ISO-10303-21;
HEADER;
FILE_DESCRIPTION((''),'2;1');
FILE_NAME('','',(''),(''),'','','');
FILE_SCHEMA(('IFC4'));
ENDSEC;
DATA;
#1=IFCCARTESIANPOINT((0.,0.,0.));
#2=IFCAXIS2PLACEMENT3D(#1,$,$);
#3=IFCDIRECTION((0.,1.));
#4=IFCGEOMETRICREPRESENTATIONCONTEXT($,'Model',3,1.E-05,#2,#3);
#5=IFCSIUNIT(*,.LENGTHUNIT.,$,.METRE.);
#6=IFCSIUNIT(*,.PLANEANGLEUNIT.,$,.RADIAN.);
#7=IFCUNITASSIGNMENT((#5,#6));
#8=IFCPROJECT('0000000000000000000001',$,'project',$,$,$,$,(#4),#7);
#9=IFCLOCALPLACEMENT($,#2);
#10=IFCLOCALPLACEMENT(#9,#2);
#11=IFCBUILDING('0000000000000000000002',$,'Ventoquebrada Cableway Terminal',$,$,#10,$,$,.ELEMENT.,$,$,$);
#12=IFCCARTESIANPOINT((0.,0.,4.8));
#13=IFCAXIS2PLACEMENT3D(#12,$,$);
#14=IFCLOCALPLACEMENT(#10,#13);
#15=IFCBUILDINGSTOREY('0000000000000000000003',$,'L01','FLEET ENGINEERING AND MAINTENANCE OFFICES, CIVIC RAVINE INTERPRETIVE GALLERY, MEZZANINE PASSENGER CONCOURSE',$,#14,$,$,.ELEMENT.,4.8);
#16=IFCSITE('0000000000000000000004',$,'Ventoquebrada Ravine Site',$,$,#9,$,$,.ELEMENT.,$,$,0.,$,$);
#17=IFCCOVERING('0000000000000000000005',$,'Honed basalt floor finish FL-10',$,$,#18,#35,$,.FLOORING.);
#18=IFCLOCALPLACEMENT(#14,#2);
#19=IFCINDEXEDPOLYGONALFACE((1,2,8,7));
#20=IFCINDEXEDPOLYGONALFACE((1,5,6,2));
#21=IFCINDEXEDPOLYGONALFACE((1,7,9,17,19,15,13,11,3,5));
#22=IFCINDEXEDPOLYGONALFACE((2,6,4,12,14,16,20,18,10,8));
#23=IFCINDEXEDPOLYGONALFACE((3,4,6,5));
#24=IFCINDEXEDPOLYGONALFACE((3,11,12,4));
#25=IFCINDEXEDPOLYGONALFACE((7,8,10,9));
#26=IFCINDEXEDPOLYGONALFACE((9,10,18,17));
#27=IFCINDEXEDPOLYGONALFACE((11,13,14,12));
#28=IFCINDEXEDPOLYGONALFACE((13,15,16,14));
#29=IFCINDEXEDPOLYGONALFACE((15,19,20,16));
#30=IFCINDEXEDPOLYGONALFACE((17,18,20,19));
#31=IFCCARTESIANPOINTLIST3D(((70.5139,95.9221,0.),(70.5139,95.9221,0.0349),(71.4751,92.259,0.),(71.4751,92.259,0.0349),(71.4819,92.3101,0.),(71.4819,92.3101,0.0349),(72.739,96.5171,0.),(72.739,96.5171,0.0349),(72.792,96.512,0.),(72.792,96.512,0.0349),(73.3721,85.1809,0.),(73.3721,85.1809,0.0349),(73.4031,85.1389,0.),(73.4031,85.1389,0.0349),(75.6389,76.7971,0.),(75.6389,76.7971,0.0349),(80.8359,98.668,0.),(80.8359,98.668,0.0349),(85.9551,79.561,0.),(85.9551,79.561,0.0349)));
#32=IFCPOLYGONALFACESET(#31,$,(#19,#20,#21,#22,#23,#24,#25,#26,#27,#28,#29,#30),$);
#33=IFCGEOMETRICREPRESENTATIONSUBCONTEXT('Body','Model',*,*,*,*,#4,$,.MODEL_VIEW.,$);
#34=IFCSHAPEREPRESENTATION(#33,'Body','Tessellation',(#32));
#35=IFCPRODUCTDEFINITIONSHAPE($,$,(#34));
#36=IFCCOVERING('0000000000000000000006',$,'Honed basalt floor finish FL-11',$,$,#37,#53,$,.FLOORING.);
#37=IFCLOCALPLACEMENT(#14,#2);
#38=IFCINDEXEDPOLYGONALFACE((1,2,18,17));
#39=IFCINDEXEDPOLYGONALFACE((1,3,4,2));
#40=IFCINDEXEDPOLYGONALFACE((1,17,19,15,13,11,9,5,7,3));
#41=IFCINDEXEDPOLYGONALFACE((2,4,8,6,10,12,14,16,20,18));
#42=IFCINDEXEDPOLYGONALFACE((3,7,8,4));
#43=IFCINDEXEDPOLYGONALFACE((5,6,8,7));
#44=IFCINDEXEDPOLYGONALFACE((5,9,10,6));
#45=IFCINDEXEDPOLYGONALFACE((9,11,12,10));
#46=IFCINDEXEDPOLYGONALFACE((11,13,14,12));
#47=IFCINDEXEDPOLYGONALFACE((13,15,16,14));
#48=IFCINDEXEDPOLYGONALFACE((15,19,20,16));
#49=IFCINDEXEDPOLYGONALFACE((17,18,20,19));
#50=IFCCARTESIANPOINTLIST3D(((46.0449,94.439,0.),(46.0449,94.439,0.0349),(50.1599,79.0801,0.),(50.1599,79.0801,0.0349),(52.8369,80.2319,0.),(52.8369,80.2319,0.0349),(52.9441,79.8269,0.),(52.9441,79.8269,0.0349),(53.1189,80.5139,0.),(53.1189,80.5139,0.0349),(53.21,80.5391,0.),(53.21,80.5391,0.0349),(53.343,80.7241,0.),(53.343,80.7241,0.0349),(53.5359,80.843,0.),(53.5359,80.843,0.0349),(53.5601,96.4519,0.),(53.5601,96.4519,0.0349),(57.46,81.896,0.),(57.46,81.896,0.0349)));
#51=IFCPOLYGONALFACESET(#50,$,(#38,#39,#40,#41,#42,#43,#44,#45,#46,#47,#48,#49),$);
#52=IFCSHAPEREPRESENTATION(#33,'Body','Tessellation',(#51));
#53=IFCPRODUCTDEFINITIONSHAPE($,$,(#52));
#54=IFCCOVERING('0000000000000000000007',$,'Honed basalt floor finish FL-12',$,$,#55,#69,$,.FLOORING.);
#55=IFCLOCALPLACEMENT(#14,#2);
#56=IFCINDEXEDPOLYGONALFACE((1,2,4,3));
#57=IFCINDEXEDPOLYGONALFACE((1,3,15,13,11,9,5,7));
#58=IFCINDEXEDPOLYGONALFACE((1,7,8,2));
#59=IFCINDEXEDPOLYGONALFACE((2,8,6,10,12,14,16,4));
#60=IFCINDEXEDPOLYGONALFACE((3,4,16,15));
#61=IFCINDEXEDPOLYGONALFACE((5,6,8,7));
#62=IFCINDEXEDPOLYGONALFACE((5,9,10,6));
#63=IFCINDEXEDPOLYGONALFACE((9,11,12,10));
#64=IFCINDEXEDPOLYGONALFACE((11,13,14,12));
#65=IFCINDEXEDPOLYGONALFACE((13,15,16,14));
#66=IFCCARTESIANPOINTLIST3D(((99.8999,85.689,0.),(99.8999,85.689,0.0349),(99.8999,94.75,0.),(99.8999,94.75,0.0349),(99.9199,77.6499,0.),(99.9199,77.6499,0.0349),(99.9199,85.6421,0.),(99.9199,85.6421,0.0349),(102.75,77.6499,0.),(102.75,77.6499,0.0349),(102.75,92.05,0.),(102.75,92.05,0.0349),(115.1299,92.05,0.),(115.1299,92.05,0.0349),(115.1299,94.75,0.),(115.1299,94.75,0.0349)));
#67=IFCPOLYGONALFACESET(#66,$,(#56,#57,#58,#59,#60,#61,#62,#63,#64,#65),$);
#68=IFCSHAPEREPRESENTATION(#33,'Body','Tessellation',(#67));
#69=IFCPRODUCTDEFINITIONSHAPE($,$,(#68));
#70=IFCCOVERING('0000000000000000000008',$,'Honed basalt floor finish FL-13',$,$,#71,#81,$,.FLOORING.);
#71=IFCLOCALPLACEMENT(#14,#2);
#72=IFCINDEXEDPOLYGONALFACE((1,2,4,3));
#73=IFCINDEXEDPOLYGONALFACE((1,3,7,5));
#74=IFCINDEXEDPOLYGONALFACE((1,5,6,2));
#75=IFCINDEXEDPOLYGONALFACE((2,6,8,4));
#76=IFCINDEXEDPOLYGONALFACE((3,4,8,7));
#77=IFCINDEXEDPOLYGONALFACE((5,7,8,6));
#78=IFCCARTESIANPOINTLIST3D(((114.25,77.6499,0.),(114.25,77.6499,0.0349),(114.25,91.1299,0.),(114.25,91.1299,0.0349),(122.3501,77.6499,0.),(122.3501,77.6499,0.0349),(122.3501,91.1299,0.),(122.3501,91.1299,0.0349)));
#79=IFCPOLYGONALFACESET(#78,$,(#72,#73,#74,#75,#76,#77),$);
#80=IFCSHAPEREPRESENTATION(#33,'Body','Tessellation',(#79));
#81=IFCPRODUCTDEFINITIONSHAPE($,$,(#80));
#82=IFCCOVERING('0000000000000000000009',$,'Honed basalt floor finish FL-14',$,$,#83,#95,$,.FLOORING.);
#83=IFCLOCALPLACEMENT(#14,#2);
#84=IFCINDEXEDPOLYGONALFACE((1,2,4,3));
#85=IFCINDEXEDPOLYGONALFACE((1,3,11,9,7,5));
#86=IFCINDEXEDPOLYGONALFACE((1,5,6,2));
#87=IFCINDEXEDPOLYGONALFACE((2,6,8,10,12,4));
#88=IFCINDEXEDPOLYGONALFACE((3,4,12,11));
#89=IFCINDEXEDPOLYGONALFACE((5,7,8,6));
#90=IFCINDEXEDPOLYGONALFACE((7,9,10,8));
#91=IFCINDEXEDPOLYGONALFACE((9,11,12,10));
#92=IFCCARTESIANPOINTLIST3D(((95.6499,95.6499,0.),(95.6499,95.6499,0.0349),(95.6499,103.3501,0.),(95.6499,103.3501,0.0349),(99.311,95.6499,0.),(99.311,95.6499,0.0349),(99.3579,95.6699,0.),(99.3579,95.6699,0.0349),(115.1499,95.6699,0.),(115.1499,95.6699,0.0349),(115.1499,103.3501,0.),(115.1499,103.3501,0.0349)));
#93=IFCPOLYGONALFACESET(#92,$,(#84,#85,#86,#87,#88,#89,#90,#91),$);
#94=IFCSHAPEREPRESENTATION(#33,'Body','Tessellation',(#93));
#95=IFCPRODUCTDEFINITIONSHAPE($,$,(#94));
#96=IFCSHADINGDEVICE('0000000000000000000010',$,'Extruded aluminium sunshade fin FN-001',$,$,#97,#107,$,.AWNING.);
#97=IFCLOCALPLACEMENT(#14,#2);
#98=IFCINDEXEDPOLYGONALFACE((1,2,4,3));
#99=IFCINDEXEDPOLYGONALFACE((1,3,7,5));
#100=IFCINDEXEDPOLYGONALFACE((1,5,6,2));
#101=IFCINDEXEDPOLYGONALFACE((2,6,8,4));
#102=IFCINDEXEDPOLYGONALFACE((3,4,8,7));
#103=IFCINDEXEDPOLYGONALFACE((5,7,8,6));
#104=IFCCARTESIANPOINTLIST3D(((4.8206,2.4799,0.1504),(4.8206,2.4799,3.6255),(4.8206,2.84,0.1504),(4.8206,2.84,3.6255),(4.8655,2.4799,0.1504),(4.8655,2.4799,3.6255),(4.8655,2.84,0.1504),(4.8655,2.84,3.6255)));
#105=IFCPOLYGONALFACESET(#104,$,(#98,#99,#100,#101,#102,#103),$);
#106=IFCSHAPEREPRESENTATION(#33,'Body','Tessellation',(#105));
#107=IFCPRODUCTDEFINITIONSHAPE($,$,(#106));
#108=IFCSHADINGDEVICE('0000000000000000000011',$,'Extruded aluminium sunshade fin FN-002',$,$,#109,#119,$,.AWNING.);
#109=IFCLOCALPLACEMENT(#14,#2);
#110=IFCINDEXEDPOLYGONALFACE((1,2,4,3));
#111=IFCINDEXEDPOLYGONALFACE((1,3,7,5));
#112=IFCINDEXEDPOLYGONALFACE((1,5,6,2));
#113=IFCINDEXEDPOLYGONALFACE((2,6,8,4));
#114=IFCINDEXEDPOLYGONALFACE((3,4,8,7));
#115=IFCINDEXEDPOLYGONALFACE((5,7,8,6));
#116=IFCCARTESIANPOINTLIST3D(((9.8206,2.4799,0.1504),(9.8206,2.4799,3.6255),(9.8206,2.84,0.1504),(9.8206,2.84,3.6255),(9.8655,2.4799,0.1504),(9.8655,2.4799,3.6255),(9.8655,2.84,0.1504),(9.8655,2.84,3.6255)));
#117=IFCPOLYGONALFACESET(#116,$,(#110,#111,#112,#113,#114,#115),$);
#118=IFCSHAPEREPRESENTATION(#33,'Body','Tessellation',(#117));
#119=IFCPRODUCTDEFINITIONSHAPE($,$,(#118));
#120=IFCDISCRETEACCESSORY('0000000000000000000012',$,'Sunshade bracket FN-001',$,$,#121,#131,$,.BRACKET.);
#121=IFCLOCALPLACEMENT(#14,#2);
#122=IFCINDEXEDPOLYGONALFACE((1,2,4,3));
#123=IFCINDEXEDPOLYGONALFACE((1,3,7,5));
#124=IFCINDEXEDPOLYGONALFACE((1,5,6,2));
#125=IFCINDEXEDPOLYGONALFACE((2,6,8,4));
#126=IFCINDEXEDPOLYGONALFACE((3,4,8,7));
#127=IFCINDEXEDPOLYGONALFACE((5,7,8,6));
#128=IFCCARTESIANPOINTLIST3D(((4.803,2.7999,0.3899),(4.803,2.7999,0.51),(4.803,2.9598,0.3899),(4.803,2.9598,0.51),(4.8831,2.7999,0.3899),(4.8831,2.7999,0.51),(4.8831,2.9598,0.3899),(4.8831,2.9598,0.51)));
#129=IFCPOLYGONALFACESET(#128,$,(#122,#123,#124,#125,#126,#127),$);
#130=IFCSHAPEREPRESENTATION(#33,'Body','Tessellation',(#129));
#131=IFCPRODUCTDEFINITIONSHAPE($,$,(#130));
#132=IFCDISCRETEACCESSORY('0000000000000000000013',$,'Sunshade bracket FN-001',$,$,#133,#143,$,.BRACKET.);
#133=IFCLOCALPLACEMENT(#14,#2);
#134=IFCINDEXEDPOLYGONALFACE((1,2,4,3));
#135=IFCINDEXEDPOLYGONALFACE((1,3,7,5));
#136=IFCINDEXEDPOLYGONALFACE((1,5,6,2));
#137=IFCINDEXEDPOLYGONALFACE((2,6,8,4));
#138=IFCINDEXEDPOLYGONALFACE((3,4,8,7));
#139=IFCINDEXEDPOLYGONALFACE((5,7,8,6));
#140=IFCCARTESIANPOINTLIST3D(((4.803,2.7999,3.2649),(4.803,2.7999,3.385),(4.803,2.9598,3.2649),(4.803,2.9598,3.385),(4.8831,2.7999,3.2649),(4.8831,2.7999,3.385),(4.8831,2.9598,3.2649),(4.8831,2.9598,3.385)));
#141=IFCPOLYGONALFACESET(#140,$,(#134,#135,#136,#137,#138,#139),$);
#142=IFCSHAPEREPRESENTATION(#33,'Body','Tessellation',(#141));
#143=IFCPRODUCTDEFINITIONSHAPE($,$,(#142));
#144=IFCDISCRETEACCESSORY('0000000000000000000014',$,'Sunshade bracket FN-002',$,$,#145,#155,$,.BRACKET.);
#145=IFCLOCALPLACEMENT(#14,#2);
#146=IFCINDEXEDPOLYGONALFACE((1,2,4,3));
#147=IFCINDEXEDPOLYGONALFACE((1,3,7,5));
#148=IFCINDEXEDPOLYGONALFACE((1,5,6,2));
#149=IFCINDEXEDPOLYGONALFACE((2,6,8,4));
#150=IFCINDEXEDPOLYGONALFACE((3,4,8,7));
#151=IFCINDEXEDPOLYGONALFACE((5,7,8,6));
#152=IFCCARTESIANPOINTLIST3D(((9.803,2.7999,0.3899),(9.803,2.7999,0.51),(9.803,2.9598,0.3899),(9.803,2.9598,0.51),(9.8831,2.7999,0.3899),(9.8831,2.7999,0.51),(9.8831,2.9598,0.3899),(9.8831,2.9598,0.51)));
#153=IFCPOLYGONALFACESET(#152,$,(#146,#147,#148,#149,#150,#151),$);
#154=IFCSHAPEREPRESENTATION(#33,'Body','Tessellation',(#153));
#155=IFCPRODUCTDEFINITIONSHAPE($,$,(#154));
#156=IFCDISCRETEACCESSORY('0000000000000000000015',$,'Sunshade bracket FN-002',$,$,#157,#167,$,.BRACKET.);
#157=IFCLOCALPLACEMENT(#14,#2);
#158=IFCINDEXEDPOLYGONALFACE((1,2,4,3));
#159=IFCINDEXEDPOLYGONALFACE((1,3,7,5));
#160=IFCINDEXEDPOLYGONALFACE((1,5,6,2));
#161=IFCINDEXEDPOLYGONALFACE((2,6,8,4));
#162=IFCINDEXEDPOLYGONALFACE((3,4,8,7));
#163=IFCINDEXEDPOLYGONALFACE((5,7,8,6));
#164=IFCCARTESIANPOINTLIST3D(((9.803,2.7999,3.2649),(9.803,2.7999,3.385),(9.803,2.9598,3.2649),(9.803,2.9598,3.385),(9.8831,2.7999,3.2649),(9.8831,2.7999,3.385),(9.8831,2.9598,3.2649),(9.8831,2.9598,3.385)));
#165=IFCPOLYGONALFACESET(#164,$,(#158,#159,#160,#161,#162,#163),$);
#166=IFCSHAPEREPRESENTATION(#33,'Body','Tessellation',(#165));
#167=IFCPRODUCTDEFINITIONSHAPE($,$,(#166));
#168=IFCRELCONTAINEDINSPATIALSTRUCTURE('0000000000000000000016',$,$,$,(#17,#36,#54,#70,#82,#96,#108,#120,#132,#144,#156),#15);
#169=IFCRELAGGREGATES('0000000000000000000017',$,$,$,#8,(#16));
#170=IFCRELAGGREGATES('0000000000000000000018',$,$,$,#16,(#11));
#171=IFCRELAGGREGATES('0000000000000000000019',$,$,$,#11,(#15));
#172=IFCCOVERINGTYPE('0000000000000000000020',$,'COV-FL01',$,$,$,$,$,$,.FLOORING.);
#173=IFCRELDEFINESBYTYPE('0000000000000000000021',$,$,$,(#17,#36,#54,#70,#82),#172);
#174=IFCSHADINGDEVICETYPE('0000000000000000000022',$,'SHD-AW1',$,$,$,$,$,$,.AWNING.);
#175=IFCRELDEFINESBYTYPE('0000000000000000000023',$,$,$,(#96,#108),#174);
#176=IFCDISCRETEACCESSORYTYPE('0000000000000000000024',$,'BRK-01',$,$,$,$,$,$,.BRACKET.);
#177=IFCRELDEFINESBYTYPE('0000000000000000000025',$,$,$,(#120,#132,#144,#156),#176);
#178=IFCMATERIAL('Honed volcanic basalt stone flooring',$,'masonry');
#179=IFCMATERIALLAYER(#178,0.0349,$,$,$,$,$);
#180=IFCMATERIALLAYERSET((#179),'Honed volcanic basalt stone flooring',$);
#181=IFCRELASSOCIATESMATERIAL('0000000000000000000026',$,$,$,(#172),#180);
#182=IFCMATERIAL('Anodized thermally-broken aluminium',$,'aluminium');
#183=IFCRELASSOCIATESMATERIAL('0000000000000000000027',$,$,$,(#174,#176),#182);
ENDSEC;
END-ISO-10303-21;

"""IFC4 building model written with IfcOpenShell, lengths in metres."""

from ifc_helpers import new_model, si_unit, direction, frame, origin, origin_2d, place, context, subcontext, project, spatial, polyline, rectangle, outline, extrude, material, layer, layer_set, type_object, element, save


model = new_model("IFC4")

# Units and contexts
model_context = context("Model", 3, precision=1e-05, world=origin(), true_north=direction((0.0, 1.0)))
body_context = subcontext(model_context, "Body", "Model", "MODEL_VIEW")
ifc_project = project(units=[si_unit("LENGTHUNIT", "METRE"), si_unit("PLANEANGLEUNIT", "RADIAN")], contexts=[model_context])

# Site, building, storey
site_placement = place(None, origin())
site = spatial("IfcSite", under=ifc_project, at=site_placement, Name="Ventoquebrada Ravine Site", CompositionType="ELEMENT", RefElevation=0.0)
building_placement = place(site_placement, origin())
building = spatial("IfcBuilding", under=site, at=building_placement, Name="Ventoquebrada Cableway Terminal", CompositionType="ELEMENT")
storey_placement = place(building_placement, frame((0.0, 0.0, 4.8)))
storey = spatial("IfcBuildingStorey", under=building, at=storey_placement, Name="L01", Description="FLEET ENGINEERING AND MAINTENANCE OFFICES, CIVIC RAVINE INTERPRETIVE GALLERY, MEZZANINE PASSENGER CONCOURSE", CompositionType="ELEMENT", Elevation=4.8)

# Shared definitions
ifc_material_1 = material(Name="Anodized thermally-broken aluminium", Category="aluminium")

# Coverings
ifc_material_2 = material(Name="Honed volcanic basalt stone flooring", Category="masonry")
ifc_layer_1 = layer(ifc_material_2, 0.0349)
ifc_layer_set_1 = layer_set([ifc_layer_1], Name="Honed volcanic basalt stone flooring")
covering_type = type_object("IfcCoveringType", Name="COV-FL01", PredefinedType="FLOORING", material=ifc_layer_set_1)
covering_1_placement = place(storey_placement, origin())
element("IfcCovering", 1, at=covering_1_placement, inside=storey, type_object=covering_type, Name="Honed basalt floor finish FL-10", PredefinedType="FLOORING", context=body_context, shape_type="SweptSolid", body=[
    extrude(outline(polyline([(71.4819, 92.3101), (71.4751, 92.259), (73.3721, 85.1809), (73.4031, 85.1389), (75.6389, 76.7971), (85.9551, 79.561), (80.8359, 98.668), (72.792, 96.512), (72.739, 96.5171), (70.5139, 95.9221), (71.4819, 92.3101)])), origin(), (0.0, 0.0, 1.0), 0.0349),
])
covering_2_placement = place(storey_placement, origin())
element("IfcCovering", 2, at=covering_2_placement, inside=storey, type_object=covering_type, Name="Honed basalt floor finish FL-11", PredefinedType="FLOORING", context=body_context, shape_type="SweptSolid", body=[
    extrude(outline(polyline([(50.1599, 79.0801), (52.9441, 79.8269), (52.8369, 80.2319), (53.1189, 80.5139), (53.21, 80.5391), (53.343, 80.7241), (53.5359, 80.843), (57.46, 81.896), (53.5601, 96.4519), (46.0449, 94.439), (50.1599, 79.0801)])), origin(), (0.0, 0.0, 1.0), 0.0349),
])
covering_3_placement = place(storey_placement, origin())
element("IfcCovering", 3, at=covering_3_placement, inside=storey, type_object=covering_type, Name="Honed basalt floor finish FL-12", PredefinedType="FLOORING", context=body_context, shape_type="SweptSolid", body=[
    extrude(outline(polyline([(102.75, 77.6499), (102.75, 92.05), (115.1299, 92.05), (115.1299, 94.75), (99.8999, 94.75), (99.8999, 85.689), (99.9199, 85.6421), (99.9199, 77.6499), (102.75, 77.6499)])), origin(), (0.0, 0.0, 1.0), 0.0349),
])
covering_4_placement = place(storey_placement, origin())
element("IfcCovering", 4, at=covering_4_placement, inside=storey, type_object=covering_type, Name="Honed basalt floor finish FL-13", PredefinedType="FLOORING", context=body_context, shape_type="SweptSolid", body=[
    extrude(outline(polyline([(122.3501, 77.6499), (122.3501, 91.1299), (114.25, 91.1299), (114.25, 77.6499), (122.3501, 77.6499)])), origin(), (0.0, 0.0, 1.0), 0.0349),
])
covering_5_placement = place(storey_placement, origin())
element("IfcCovering", 5, at=covering_5_placement, inside=storey, type_object=covering_type, Name="Honed basalt floor finish FL-14", PredefinedType="FLOORING", context=body_context, shape_type="SweptSolid", body=[
    extrude(outline(polyline([(95.6499, 95.6499), (99.311, 95.6499), (99.3579, 95.6699), (115.1499, 95.6699), (115.1499, 103.3501), (95.6499, 103.3501), (95.6499, 95.6499)])), origin(), (0.0, 0.0, 1.0), 0.0349),
])

# Shading devices
shading_device_type = type_object("IfcShadingDeviceType", Name="SHD-AW1", PredefinedType="AWNING", material=ifc_material_1)
for number, where, z_axis, x_axis, name in (
    (6, (4.843, 2.6599, 0.1504), (0.0, 0.0, 1.0), (1.0, 0.0, 0.0), "Extruded aluminium sunshade fin FN-001"),
    (7, (9.843, 2.6599, 0.1504), (0.0, 0.0, 1.0), (1.0, 0.0, 0.0), "Extruded aluminium sunshade fin FN-002"),
):
    element("IfcShadingDevice", number, at=place(storey_placement, frame(where, z_axis=z_axis, x_axis=x_axis)), inside=storey, type_object=shading_device_type, Name=name, PredefinedType="AWNING", context=body_context, shape_type="SweptSolid", body=[
        extrude(rectangle(XDim=0.0449, YDim=0.3601, at=origin_2d()), origin(), (0.0, 0.0, 1.0), 3.4751),
    ])

# Discrete accessories
discrete_accessory_type = type_object("IfcDiscreteAccessoryType", Name="BRK-01", PredefinedType="BRACKET", material=ifc_material_1)
for number, where, z_axis, x_axis, name in (
    (8, (4.843, 2.8799, 0.3899), (0.0, 0.0, 1.0), (1.0, 0.0, 0.0), "Sunshade bracket FN-001"),
    (9, (4.843, 2.8799, 3.2649), (0.0, 0.0, 1.0), (1.0, 0.0, 0.0), "Sunshade bracket FN-001"),
    (10, (9.843, 2.8799, 0.3899), (0.0, 0.0, 1.0), (1.0, 0.0, 0.0), "Sunshade bracket FN-002"),
    (11, (9.843, 2.8799, 3.2649), (0.0, 0.0, 1.0), (1.0, 0.0, 0.0), "Sunshade bracket FN-002"),
):
    element("IfcDiscreteAccessory", number, at=place(storey_placement, frame(where, z_axis=z_axis, x_axis=x_axis)), inside=storey, type_object=discrete_accessory_type, Name=name, PredefinedType="BRACKET", context=body_context, shape_type="SweptSolid", body=[
        extrude(rectangle(XDim=0.0801, YDim=0.1599, at=origin_2d()), origin(), (0.0, 0.0, 1.0), 0.1201),
    ])

save(model, "model.ifc")
